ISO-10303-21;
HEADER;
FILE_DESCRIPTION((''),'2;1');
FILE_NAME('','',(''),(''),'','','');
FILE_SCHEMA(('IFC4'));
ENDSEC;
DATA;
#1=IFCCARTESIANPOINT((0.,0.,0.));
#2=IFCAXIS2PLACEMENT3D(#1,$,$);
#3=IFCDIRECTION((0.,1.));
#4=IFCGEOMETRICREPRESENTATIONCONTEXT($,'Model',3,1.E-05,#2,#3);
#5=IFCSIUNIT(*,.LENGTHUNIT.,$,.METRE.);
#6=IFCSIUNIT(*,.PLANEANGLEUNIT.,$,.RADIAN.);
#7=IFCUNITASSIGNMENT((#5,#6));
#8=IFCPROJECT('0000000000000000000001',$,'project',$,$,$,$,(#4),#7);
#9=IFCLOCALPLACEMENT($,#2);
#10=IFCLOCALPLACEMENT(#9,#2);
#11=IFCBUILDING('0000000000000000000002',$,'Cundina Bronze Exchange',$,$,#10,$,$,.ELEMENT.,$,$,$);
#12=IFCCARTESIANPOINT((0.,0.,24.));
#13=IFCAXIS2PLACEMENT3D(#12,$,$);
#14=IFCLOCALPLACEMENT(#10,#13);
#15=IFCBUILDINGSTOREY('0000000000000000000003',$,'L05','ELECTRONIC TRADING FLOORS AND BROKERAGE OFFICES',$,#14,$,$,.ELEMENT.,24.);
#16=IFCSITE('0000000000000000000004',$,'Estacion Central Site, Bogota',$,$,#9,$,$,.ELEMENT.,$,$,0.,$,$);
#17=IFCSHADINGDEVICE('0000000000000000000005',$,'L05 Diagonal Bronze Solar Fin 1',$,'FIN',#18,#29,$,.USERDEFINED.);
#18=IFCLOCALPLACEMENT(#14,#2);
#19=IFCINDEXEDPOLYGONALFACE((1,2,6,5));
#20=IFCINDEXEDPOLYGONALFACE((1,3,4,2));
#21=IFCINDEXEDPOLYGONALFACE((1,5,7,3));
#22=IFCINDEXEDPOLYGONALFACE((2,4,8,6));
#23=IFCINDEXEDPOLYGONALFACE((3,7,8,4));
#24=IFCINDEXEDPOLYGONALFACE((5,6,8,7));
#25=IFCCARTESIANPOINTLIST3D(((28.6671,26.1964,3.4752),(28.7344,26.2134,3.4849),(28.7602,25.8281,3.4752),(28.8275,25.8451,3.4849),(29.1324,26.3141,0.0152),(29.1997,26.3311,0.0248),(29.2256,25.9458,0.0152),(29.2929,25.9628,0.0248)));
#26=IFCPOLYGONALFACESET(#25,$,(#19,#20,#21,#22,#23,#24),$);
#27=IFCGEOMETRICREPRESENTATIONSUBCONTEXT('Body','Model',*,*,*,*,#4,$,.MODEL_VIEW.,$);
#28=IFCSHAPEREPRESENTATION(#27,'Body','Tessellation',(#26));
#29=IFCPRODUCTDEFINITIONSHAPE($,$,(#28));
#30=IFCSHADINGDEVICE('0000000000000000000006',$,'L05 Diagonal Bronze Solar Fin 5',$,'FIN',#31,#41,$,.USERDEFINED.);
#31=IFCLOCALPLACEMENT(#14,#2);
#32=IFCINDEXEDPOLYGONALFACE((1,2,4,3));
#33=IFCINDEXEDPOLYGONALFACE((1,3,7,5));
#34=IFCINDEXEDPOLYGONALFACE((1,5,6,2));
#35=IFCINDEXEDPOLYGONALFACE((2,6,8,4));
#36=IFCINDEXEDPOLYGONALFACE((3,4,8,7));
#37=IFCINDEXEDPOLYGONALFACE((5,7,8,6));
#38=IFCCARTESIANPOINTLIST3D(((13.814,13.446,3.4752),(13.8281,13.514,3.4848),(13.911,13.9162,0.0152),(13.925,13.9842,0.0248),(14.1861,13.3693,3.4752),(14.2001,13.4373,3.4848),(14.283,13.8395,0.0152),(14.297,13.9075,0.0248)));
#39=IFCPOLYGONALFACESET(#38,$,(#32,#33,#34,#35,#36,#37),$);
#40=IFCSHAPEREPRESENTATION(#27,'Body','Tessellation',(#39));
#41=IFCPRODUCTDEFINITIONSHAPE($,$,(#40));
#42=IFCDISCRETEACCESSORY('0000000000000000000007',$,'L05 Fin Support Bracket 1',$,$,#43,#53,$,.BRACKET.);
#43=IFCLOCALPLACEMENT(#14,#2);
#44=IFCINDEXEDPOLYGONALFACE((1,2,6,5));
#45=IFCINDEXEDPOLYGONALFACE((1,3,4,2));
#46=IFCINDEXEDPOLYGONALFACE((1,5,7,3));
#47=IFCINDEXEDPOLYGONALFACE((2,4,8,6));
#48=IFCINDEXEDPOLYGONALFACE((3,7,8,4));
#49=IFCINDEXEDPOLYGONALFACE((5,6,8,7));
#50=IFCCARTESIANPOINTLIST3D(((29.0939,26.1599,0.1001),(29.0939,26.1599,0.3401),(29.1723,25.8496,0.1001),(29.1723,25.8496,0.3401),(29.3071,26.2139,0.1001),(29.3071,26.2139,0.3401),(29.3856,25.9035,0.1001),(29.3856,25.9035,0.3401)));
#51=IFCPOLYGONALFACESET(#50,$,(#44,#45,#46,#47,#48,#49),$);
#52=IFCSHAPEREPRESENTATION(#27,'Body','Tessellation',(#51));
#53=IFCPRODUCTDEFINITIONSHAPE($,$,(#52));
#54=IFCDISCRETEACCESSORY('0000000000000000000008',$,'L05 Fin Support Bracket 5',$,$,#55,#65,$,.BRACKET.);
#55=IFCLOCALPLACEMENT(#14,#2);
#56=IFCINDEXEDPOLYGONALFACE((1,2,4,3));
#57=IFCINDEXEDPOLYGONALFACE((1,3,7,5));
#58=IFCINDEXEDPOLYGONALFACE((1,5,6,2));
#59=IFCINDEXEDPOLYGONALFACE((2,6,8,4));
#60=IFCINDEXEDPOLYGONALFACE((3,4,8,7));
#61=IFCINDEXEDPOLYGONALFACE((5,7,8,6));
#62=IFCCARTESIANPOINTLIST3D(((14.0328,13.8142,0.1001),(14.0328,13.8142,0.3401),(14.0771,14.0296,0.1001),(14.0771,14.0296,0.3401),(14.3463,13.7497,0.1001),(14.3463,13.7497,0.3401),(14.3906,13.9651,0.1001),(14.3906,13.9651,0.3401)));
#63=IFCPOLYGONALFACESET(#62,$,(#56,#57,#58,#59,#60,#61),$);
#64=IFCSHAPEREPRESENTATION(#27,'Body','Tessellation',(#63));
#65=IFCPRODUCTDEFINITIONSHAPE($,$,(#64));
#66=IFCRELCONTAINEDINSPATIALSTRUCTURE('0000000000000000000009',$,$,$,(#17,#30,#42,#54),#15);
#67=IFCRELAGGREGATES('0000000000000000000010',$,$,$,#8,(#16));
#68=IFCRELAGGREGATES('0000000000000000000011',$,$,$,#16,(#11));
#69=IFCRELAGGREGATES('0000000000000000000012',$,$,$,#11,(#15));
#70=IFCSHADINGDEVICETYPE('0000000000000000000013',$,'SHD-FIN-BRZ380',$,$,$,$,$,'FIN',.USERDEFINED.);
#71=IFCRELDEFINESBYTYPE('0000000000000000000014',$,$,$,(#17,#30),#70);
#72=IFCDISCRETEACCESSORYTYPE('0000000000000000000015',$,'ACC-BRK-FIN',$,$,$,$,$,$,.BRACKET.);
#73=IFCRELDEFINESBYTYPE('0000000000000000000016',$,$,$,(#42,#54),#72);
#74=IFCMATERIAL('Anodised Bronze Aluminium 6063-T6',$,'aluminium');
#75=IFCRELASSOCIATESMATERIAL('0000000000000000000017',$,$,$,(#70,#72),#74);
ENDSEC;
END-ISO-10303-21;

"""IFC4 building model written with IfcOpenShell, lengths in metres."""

from ifc_helpers import new_model, si_unit, direction, frame, origin, origin_2d, place, context, subcontext, project, spatial, rectangle, extrude, material, material_profile, profile_set, type_object, element, save


model = new_model("IFC4")

# Units and contexts
model_context = context("Model", 3, precision=1e-05, world=origin(), true_north=direction((0.0, 1.0)))
body_context = subcontext(model_context, "Body", "Model", "MODEL_VIEW")
ifc_project = project(units=[si_unit("LENGTHUNIT", "METRE"), si_unit("PLANEANGLEUNIT", "RADIAN")], contexts=[model_context])

# Site, building, storey
site_placement = place(None, origin())
site = spatial("IfcSite", under=ifc_project, at=site_placement, Name="Estacion Central Site, Bogota", CompositionType="ELEMENT", RefElevation=0.0)
building_placement = place(site_placement, origin())
building = spatial("IfcBuilding", under=site, at=building_placement, Name="Cundina Bronze Exchange", CompositionType="ELEMENT")
storey_placement = place(building_placement, frame((0.0, 0.0, 24.0)))
storey = spatial("IfcBuildingStorey", under=building, at=storey_placement, Name="L05", Description="ELECTRONIC TRADING FLOORS AND BROKERAGE OFFICES", CompositionType="ELEMENT", Elevation=24.0)

# Shared definitions
ifc_material_1 = material(Name="Anodised Bronze Aluminium 6063-T6", Category="aluminium")

# Shading devices
ifc_material_profile_1 = material_profile(ifc_material_1, rectangle(XDim=0.0701, YDim=0.3799, at=origin_2d()), Name="FIN70X380", Category="aluminium")
ifc_profile_set_1 = profile_set([ifc_material_profile_1], Name="Anodised Bronze Aluminium 6063-T6")
shading_device_type = type_object("IfcShadingDeviceType", Name="SHD-FIN-BRZ380", ElementType="FIN", PredefinedType="USERDEFINED", material=ifc_profile_set_1)
for number, where, z_axis, x_axis, name in (
    (1, (29.2126, 26.1384, 0.02), (-0.133215, -0.033688, 0.990514), (0.960285, 0.242842, 0.137408), "L05 Diagonal Bronze Solar Fin 1"),
    (2, (14.104, 13.9119, 0.02), (-0.027747, -0.134612, 0.99051), (0.199967, 0.970115, 0.137442), "L05 Diagonal Bronze Solar Fin 5"),
):
    element("IfcShadingDevice", number, at=place(storey_placement, frame(where, z_axis=z_axis, x_axis=x_axis)), inside=storey, type_object=shading_device_type, Name=name, ObjectType="FIN", PredefinedType="USERDEFINED", context=body_context, shape_type="SweptSolid", body=[
        extrude(rectangle(XDim=0.0701, YDim=0.3799, at=origin_2d()), origin(), (0.0, 0.0, 1.0), 3.4932),
    ])

# Discrete accessories
discrete_accessory_type = type_object("IfcDiscreteAccessoryType", Name="ACC-BRK-FIN", PredefinedType="BRACKET", material=ifc_material_1)
for number, where, z_axis, x_axis, name in (
    (3, (29.2397, 26.0317, 0.1001), (0.0, 0.0, 1.0), (-0.969488, -0.245138, 0.0), "L05 Fin Support Bracket 1"),
    (4, (14.2117, 13.8896, 0.1001), (0.0, 0.0, 1.0), (-0.20142, -0.979505, 0.0), "L05 Fin Support Bracket 5"),
):
    element("IfcDiscreteAccessory", number, at=place(storey_placement, frame(where, z_axis=z_axis, x_axis=x_axis)), inside=storey, type_object=discrete_accessory_type, Name=name, PredefinedType="BRACKET", context=body_context, shape_type="SweptSolid", body=[
        extrude(rectangle(XDim=0.22, YDim=0.3201, at=origin_2d()), origin(), (0.0, 0.0, 1.0), 0.24),
    ])

save(model, "model.ifc")
